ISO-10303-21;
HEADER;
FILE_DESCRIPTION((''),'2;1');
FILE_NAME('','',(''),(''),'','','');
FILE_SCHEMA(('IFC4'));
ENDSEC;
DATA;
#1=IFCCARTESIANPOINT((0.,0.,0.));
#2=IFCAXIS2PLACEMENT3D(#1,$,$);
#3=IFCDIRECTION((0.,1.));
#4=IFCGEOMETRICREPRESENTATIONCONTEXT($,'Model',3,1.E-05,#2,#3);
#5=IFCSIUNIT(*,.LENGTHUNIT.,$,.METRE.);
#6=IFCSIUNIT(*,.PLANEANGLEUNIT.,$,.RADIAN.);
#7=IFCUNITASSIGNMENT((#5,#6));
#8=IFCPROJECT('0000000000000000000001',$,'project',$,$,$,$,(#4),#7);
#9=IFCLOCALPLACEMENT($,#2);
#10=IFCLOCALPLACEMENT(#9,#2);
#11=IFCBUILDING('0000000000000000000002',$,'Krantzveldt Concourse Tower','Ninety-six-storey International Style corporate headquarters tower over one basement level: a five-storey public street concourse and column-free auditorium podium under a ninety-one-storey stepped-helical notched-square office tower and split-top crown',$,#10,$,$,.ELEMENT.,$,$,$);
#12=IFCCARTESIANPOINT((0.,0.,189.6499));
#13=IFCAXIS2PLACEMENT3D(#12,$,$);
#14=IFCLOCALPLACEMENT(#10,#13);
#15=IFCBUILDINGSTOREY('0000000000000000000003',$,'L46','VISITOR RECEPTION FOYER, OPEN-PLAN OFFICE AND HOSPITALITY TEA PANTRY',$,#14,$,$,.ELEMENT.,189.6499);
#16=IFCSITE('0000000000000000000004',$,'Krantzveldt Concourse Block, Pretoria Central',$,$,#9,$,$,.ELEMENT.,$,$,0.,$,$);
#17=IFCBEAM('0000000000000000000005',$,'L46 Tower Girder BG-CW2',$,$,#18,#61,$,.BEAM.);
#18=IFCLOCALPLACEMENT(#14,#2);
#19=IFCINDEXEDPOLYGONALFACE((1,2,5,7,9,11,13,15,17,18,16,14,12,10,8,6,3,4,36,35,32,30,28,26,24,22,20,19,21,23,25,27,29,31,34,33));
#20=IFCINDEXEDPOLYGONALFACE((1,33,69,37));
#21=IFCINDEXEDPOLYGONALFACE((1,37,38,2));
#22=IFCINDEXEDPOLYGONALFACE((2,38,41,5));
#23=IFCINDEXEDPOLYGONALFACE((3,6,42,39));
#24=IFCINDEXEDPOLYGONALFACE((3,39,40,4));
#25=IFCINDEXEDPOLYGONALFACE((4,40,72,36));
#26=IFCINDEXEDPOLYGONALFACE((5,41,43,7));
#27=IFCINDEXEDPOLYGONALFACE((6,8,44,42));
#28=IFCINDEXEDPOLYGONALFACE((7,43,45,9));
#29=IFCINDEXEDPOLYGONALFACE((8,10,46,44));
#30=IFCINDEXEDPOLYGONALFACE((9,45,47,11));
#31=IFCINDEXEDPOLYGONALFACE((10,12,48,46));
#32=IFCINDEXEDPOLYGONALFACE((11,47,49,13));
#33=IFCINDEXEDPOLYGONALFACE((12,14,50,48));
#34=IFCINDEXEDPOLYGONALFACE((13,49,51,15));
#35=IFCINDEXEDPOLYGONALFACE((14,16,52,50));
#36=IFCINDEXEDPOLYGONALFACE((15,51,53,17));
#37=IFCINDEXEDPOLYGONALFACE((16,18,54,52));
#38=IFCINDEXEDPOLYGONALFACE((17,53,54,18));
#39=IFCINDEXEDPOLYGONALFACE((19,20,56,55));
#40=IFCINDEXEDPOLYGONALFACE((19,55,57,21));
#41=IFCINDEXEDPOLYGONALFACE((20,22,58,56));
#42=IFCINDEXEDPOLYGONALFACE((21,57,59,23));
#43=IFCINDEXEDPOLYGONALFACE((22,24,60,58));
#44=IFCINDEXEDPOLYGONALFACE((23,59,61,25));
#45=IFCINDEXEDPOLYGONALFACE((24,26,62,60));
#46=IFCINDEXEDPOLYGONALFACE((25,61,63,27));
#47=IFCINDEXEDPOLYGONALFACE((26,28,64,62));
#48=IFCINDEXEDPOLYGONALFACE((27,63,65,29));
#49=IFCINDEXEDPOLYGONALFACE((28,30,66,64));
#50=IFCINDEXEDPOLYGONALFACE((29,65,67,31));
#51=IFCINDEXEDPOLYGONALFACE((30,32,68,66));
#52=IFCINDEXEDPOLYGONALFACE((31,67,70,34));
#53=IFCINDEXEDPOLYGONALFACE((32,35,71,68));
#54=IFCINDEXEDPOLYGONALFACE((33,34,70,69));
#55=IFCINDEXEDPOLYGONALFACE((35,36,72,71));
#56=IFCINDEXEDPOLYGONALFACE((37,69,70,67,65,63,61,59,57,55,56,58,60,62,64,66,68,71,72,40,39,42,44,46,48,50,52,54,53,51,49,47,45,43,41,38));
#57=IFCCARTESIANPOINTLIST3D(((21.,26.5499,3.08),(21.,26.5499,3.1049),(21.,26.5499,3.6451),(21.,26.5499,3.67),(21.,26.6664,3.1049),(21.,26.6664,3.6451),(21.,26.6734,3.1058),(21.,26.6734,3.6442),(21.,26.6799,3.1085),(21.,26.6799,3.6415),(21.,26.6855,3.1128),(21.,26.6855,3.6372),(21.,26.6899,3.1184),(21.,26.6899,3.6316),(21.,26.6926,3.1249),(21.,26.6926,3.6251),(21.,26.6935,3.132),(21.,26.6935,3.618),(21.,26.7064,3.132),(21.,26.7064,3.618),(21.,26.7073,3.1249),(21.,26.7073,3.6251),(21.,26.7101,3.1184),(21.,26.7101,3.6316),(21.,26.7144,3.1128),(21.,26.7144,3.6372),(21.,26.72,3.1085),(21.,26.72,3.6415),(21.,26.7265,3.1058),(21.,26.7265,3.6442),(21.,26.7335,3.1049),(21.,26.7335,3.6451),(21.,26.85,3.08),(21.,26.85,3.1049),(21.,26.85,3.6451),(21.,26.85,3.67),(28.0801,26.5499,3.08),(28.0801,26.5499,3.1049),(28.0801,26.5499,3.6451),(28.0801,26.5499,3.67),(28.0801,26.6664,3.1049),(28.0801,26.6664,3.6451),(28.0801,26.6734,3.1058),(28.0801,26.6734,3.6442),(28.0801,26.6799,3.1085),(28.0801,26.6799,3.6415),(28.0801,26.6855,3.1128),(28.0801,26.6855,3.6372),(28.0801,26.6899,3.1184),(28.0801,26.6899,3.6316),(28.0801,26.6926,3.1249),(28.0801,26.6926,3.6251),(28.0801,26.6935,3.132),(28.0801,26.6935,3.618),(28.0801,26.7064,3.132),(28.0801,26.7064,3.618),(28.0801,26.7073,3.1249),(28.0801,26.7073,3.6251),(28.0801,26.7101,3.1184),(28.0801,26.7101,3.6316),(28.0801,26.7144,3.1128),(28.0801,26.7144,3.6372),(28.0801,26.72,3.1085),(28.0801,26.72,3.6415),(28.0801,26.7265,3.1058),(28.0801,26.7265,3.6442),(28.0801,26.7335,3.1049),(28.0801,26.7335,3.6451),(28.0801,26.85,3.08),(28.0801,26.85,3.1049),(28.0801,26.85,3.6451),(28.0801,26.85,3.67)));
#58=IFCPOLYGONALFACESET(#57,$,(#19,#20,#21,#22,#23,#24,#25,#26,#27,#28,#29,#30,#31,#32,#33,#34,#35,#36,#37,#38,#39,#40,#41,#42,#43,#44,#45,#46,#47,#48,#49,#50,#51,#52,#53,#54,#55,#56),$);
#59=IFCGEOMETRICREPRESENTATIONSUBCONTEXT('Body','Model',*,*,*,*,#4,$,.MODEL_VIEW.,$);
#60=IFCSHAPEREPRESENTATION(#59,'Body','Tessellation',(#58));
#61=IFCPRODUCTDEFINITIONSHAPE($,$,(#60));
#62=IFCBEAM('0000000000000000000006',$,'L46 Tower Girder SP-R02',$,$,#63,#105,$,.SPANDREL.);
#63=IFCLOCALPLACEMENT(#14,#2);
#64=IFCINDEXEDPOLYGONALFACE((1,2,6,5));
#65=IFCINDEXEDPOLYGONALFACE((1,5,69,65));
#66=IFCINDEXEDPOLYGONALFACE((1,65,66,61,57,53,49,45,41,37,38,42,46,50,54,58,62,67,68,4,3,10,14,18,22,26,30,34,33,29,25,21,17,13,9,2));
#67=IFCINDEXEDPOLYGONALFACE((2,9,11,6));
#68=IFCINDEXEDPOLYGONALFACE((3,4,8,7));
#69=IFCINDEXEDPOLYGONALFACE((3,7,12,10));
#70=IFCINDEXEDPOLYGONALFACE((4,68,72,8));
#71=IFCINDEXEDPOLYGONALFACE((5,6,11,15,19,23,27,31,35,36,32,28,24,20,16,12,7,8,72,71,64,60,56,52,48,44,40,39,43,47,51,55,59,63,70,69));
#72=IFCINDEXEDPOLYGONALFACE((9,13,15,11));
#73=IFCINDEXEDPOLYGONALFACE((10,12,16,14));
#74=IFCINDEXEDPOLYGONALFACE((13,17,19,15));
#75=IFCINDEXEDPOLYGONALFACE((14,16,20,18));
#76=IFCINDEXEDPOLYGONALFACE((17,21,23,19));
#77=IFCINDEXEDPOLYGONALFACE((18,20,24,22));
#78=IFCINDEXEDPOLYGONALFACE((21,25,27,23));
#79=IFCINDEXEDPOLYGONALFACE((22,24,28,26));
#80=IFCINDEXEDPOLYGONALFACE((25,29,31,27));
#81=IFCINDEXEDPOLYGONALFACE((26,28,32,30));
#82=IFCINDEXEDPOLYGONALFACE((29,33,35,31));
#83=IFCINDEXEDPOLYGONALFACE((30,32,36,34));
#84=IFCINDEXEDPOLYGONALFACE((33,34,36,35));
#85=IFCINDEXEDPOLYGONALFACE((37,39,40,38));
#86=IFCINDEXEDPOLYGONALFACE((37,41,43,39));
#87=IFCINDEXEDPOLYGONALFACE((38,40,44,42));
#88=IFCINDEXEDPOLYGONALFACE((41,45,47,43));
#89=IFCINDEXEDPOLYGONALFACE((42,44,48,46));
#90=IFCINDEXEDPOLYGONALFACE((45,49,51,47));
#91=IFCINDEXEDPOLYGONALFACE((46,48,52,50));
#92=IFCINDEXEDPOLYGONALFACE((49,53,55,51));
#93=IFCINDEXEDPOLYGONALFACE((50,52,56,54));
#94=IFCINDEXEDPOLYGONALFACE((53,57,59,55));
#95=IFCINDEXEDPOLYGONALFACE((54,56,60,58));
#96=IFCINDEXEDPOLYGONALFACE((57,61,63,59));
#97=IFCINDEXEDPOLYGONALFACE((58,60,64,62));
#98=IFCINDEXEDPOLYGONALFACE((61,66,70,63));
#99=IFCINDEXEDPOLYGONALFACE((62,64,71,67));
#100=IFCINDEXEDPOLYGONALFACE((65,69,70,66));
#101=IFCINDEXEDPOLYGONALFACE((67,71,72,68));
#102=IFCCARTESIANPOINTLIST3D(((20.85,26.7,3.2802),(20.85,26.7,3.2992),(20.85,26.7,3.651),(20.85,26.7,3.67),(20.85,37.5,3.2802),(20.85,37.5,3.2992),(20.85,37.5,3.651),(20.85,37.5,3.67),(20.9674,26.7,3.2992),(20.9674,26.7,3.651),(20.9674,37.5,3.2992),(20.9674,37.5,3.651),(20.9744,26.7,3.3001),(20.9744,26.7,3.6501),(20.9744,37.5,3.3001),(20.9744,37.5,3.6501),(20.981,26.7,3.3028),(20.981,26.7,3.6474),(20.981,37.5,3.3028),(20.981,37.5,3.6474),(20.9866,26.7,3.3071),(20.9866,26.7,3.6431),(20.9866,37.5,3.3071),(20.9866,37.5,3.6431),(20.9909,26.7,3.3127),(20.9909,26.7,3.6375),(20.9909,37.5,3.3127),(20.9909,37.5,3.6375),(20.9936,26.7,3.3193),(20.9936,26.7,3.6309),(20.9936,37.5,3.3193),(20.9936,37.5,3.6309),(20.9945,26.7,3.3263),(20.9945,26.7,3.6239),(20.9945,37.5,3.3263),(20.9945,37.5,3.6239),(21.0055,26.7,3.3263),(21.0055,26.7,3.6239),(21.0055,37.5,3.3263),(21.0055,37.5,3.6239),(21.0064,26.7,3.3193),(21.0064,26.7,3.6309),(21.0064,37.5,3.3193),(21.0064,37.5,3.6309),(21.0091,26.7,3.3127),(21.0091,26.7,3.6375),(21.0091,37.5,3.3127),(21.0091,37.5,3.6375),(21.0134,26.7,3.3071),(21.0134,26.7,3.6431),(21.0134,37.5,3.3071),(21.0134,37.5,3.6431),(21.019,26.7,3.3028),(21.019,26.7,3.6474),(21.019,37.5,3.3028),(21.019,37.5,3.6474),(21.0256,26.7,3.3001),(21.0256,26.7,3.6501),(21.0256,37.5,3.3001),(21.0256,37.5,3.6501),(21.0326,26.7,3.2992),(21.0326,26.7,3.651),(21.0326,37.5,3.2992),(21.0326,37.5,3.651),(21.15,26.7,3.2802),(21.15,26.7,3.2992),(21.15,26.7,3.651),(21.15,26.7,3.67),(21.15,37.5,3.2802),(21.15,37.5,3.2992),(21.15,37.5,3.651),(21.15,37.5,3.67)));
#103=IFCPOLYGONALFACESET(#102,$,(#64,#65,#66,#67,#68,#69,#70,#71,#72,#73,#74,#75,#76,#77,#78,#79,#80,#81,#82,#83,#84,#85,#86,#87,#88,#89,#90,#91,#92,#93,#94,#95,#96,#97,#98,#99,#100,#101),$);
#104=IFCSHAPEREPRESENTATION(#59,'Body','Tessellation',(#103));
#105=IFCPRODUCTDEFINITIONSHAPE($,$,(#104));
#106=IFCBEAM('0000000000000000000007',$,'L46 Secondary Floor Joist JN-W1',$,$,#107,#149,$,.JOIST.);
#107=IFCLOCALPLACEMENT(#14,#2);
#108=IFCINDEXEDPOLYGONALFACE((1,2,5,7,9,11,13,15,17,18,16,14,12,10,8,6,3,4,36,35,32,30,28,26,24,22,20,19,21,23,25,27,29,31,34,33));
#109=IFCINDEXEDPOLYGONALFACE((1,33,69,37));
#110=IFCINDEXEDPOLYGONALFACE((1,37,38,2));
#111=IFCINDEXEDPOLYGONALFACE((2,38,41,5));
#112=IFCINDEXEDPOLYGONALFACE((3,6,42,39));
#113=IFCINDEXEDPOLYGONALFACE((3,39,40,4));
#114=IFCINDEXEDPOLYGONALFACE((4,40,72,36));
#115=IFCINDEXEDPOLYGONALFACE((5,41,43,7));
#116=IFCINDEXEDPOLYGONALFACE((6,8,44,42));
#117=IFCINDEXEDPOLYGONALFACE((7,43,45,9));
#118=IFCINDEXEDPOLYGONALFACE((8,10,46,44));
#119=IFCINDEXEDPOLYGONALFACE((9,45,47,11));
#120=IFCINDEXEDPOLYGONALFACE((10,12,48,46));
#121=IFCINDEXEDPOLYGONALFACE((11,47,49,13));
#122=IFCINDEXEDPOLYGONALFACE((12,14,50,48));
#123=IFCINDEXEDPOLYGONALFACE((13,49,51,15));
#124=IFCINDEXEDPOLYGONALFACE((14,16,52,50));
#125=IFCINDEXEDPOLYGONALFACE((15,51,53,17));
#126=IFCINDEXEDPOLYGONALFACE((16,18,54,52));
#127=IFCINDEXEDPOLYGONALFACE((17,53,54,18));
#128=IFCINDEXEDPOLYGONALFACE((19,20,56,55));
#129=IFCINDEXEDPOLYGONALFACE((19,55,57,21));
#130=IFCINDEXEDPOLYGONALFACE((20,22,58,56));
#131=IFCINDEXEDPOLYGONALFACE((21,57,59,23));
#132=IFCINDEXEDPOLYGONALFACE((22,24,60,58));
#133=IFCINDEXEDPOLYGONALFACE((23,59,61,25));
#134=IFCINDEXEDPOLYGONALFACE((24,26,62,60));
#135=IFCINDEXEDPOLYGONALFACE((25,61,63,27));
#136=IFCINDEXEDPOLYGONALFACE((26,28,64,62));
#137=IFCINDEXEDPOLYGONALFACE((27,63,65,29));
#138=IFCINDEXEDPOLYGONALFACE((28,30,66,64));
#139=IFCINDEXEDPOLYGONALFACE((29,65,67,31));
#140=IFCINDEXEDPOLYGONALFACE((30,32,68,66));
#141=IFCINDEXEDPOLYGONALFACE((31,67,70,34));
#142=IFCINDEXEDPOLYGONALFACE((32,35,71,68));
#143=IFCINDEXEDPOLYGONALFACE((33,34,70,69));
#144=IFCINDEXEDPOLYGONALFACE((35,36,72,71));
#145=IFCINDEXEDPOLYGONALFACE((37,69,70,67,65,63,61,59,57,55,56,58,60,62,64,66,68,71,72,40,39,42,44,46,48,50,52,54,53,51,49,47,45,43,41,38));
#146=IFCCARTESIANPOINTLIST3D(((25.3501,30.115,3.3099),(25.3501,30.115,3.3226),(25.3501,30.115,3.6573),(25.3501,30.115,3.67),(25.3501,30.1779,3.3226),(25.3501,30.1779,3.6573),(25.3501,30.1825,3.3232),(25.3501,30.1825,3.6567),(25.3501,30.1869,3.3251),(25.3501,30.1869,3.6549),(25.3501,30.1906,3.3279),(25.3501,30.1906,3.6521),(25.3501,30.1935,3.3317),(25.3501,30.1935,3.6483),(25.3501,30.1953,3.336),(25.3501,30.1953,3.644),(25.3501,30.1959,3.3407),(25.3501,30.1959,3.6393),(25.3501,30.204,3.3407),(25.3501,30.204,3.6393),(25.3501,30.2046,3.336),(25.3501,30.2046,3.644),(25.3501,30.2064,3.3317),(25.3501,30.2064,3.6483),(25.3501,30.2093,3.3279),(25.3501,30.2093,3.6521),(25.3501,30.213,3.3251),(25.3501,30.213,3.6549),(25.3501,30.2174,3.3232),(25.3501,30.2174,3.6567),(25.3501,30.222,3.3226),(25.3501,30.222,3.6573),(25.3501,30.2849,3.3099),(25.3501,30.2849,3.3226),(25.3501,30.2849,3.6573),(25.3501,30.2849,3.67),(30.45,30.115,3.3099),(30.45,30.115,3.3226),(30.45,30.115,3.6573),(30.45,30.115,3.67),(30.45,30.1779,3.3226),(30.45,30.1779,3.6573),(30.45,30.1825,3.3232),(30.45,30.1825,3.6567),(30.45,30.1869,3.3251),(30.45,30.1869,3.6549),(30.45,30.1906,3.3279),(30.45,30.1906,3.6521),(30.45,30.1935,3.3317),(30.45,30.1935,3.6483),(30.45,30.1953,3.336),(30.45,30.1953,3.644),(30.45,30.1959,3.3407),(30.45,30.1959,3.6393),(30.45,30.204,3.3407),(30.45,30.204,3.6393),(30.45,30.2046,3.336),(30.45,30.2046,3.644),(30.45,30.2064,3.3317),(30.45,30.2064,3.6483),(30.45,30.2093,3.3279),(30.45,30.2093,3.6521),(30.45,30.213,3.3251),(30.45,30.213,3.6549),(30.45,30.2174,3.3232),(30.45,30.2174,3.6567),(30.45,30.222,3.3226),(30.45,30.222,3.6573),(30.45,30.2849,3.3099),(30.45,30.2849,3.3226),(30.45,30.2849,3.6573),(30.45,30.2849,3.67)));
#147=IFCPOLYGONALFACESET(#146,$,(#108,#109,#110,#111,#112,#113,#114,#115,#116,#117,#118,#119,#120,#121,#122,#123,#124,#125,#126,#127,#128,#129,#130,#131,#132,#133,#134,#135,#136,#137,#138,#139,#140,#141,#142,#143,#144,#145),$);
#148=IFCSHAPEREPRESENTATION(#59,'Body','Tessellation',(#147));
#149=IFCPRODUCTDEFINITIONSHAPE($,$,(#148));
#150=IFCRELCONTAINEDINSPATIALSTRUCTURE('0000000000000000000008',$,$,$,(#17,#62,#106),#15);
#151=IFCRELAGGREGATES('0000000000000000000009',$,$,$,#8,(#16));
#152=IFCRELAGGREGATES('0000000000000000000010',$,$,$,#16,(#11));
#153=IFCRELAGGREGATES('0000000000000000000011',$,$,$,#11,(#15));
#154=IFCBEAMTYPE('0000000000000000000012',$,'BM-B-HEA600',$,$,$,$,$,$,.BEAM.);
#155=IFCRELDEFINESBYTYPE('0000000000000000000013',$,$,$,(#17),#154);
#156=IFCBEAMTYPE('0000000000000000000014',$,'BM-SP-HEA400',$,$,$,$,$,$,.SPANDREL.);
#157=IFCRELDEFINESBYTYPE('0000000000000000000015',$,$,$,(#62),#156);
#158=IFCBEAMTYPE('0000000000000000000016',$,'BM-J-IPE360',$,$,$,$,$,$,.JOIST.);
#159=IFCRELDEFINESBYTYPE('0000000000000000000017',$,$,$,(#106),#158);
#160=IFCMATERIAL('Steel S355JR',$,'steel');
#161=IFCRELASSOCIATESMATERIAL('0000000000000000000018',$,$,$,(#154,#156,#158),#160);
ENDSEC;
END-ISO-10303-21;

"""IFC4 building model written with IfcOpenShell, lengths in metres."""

from ifc_helpers import new_model, si_unit, direction, frame, origin, origin_2d, place, context, subcontext, project, spatial, i_section, extrude, source, transform, mapped, material, material_profile, profile_set, type_object, type_shapes, element, save


model = new_model("IFC4")

# Units and contexts
model_context = context("Model", 3, precision=1e-05, world=origin(), true_north=direction((0.0, 1.0)))
body_context = subcontext(model_context, "Body", "Model", "MODEL_VIEW")
ifc_project = project(units=[si_unit("LENGTHUNIT", "METRE"), si_unit("PLANEANGLEUNIT", "RADIAN")], contexts=[model_context])

# Site, building, storey
site_placement = place(None, origin())
site = spatial("IfcSite", under=ifc_project, at=site_placement, Name="Krantzveldt Concourse Block, Pretoria Central", CompositionType="ELEMENT", RefElevation=0.0)
building_placement = place(site_placement, origin())
building = spatial("IfcBuilding", under=site, at=building_placement, Name="Krantzveldt Concourse Tower", Description="Ninety-six-storey International Style corporate headquarters tower over one basement level: a five-storey public street concourse and column-free auditorium podium under a ninety-one-storey stepped-helical notched-square office tower and split-top crown", CompositionType="ELEMENT")
storey_placement = place(building_placement, frame((0.0, 0.0, 189.6499)))
storey = spatial("IfcBuildingStorey", under=building, at=storey_placement, Name="L46", Description="VISITOR RECEPTION FOYER, OPEN-PLAN OFFICE AND HOSPITALITY TEA PANTRY", CompositionType="ELEMENT", Elevation=189.6499)

# Beams
ifc_material_1 = material(Name="Steel S355JR", Category="steel")
ifc_material_profile_1 = material_profile(ifc_material_1, i_section(OverallWidth=0.3, OverallDepth=0.5901, WebThickness=0.0129, FlangeThickness=0.0249, FilletRadius=0.0271, at=origin_2d()), Name="Steel S355JR", Category="steel")
ifc_profile_set_1 = profile_set([ifc_material_profile_1], Name="Steel S355JR - HEA 600")
beam_type_1 = type_object("IfcBeamType", Name="BM-B-HEA600", PredefinedType="BEAM", material=ifc_profile_set_1)
shared_shape_1 = source(origin(), body_context, "Body", "SweptSolid", [
    extrude(i_section(OverallWidth=0.3, OverallDepth=0.5901, WebThickness=0.0129, FlangeThickness=0.0249, FilletRadius=0.0271, at=origin_2d()), origin(), (0.0, 0.0, 1.0), 7.0801),
])
type_shapes(beam_type_1, [shared_shape_1])
beam_1_placement = place(storey_placement, frame((21.0, 26.7, 3.375), z_axis=(1.0, 0.0, 0.0), x_axis=(0.0, 1.0, 0.0)))
element("IfcBeam", 1, at=beam_1_placement, inside=storey, type_object=beam_type_1, Name="L46 Tower Girder BG-CW2", PredefinedType="BEAM", context=body_context, shape_type="MappedRepresentation", body=[
    mapped(shared_shape_1, transform((0.0, 0.0, 0.0), x_axis=(1.0, 0.0, 0.0), y_axis=(0.0, 1.0, 0.0), z_axis=(0.0, 0.0, 1.0), scale=1.0)),
])
ifc_material_profile_2 = material_profile(ifc_material_1, i_section(OverallWidth=0.3, OverallDepth=0.3899, WebThickness=0.011, FlangeThickness=0.019, FilletRadius=0.0271, at=origin_2d()), Name="Steel S355JR", Category="steel")
ifc_profile_set_2 = profile_set([ifc_material_profile_2], Name="Steel S355JR - HEA 400")
beam_type_2 = type_object("IfcBeamType", Name="BM-SP-HEA400", PredefinedType="SPANDREL", material=ifc_profile_set_2)
shared_shape_2 = source(origin(), body_context, "Body", "SweptSolid", [
    extrude(i_section(OverallWidth=0.3, OverallDepth=0.3899, WebThickness=0.011, FlangeThickness=0.019, FilletRadius=0.0271, at=origin_2d()), origin(), (0.0, 0.0, 1.0), 10.8),
])
type_shapes(beam_type_2, [shared_shape_2])
beam_2_placement = place(storey_placement, frame((21.0, 26.7, 3.4751), z_axis=(0.0, 1.0, 0.0), x_axis=(-1.0, 0.0, 0.0)))
element("IfcBeam", 2, at=beam_2_placement, inside=storey, type_object=beam_type_2, Name="L46 Tower Girder SP-R02", PredefinedType="SPANDREL", context=body_context, shape_type="MappedRepresentation", body=[
    mapped(shared_shape_2, transform((0.0, 0.0, 0.0), x_axis=(1.0, 0.0, 0.0), y_axis=(0.0, 1.0, 0.0), z_axis=(0.0, 0.0, 1.0), scale=1.0)),
])
ifc_material_profile_3 = material_profile(ifc_material_1, i_section(OverallWidth=0.1699, OverallDepth=0.3601, WebThickness=0.0081, FlangeThickness=0.0127, FilletRadius=0.0181, at=origin_2d()), Name="Steel S355JR", Category="steel")
ifc_profile_set_3 = profile_set([ifc_material_profile_3], Name="Steel S355JR - IPE 360")
beam_type_3 = type_object("IfcBeamType", Name="BM-J-IPE360", PredefinedType="JOIST", material=ifc_profile_set_3)
shared_shape_3 = source(origin(), body_context, "Body", "SweptSolid", [
    extrude(i_section(OverallWidth=0.1699, OverallDepth=0.3601, WebThickness=0.0081, FlangeThickness=0.0127, FilletRadius=0.0181, at=origin_2d()), origin(), (0.0, 0.0, 1.0), 5.0999),
])
type_shapes(beam_type_3, [shared_shape_3])
for number, where, z_axis, x_axis, name in (
    (3, (25.3501, 30.2, 3.49), (1.0, 0.0, 0.0), (0.0, 1.0, 0.0), "L46 Secondary Floor Joist JN-W1"),
):
    element("IfcBeam", number, at=place(storey_placement, frame(where, z_axis=z_axis, x_axis=x_axis)), inside=storey, type_object=beam_type_3, Name=name, PredefinedType="JOIST", context=body_context, shape_type="MappedRepresentation", body=[
        mapped(shared_shape_3, transform((0.0, 0.0, 0.0), x_axis=(1.0, 0.0, 0.0), y_axis=(0.0, 1.0, 0.0), z_axis=(0.0, 0.0, 1.0), scale=1.0)),
    ])

save(model, "model.ifc")
